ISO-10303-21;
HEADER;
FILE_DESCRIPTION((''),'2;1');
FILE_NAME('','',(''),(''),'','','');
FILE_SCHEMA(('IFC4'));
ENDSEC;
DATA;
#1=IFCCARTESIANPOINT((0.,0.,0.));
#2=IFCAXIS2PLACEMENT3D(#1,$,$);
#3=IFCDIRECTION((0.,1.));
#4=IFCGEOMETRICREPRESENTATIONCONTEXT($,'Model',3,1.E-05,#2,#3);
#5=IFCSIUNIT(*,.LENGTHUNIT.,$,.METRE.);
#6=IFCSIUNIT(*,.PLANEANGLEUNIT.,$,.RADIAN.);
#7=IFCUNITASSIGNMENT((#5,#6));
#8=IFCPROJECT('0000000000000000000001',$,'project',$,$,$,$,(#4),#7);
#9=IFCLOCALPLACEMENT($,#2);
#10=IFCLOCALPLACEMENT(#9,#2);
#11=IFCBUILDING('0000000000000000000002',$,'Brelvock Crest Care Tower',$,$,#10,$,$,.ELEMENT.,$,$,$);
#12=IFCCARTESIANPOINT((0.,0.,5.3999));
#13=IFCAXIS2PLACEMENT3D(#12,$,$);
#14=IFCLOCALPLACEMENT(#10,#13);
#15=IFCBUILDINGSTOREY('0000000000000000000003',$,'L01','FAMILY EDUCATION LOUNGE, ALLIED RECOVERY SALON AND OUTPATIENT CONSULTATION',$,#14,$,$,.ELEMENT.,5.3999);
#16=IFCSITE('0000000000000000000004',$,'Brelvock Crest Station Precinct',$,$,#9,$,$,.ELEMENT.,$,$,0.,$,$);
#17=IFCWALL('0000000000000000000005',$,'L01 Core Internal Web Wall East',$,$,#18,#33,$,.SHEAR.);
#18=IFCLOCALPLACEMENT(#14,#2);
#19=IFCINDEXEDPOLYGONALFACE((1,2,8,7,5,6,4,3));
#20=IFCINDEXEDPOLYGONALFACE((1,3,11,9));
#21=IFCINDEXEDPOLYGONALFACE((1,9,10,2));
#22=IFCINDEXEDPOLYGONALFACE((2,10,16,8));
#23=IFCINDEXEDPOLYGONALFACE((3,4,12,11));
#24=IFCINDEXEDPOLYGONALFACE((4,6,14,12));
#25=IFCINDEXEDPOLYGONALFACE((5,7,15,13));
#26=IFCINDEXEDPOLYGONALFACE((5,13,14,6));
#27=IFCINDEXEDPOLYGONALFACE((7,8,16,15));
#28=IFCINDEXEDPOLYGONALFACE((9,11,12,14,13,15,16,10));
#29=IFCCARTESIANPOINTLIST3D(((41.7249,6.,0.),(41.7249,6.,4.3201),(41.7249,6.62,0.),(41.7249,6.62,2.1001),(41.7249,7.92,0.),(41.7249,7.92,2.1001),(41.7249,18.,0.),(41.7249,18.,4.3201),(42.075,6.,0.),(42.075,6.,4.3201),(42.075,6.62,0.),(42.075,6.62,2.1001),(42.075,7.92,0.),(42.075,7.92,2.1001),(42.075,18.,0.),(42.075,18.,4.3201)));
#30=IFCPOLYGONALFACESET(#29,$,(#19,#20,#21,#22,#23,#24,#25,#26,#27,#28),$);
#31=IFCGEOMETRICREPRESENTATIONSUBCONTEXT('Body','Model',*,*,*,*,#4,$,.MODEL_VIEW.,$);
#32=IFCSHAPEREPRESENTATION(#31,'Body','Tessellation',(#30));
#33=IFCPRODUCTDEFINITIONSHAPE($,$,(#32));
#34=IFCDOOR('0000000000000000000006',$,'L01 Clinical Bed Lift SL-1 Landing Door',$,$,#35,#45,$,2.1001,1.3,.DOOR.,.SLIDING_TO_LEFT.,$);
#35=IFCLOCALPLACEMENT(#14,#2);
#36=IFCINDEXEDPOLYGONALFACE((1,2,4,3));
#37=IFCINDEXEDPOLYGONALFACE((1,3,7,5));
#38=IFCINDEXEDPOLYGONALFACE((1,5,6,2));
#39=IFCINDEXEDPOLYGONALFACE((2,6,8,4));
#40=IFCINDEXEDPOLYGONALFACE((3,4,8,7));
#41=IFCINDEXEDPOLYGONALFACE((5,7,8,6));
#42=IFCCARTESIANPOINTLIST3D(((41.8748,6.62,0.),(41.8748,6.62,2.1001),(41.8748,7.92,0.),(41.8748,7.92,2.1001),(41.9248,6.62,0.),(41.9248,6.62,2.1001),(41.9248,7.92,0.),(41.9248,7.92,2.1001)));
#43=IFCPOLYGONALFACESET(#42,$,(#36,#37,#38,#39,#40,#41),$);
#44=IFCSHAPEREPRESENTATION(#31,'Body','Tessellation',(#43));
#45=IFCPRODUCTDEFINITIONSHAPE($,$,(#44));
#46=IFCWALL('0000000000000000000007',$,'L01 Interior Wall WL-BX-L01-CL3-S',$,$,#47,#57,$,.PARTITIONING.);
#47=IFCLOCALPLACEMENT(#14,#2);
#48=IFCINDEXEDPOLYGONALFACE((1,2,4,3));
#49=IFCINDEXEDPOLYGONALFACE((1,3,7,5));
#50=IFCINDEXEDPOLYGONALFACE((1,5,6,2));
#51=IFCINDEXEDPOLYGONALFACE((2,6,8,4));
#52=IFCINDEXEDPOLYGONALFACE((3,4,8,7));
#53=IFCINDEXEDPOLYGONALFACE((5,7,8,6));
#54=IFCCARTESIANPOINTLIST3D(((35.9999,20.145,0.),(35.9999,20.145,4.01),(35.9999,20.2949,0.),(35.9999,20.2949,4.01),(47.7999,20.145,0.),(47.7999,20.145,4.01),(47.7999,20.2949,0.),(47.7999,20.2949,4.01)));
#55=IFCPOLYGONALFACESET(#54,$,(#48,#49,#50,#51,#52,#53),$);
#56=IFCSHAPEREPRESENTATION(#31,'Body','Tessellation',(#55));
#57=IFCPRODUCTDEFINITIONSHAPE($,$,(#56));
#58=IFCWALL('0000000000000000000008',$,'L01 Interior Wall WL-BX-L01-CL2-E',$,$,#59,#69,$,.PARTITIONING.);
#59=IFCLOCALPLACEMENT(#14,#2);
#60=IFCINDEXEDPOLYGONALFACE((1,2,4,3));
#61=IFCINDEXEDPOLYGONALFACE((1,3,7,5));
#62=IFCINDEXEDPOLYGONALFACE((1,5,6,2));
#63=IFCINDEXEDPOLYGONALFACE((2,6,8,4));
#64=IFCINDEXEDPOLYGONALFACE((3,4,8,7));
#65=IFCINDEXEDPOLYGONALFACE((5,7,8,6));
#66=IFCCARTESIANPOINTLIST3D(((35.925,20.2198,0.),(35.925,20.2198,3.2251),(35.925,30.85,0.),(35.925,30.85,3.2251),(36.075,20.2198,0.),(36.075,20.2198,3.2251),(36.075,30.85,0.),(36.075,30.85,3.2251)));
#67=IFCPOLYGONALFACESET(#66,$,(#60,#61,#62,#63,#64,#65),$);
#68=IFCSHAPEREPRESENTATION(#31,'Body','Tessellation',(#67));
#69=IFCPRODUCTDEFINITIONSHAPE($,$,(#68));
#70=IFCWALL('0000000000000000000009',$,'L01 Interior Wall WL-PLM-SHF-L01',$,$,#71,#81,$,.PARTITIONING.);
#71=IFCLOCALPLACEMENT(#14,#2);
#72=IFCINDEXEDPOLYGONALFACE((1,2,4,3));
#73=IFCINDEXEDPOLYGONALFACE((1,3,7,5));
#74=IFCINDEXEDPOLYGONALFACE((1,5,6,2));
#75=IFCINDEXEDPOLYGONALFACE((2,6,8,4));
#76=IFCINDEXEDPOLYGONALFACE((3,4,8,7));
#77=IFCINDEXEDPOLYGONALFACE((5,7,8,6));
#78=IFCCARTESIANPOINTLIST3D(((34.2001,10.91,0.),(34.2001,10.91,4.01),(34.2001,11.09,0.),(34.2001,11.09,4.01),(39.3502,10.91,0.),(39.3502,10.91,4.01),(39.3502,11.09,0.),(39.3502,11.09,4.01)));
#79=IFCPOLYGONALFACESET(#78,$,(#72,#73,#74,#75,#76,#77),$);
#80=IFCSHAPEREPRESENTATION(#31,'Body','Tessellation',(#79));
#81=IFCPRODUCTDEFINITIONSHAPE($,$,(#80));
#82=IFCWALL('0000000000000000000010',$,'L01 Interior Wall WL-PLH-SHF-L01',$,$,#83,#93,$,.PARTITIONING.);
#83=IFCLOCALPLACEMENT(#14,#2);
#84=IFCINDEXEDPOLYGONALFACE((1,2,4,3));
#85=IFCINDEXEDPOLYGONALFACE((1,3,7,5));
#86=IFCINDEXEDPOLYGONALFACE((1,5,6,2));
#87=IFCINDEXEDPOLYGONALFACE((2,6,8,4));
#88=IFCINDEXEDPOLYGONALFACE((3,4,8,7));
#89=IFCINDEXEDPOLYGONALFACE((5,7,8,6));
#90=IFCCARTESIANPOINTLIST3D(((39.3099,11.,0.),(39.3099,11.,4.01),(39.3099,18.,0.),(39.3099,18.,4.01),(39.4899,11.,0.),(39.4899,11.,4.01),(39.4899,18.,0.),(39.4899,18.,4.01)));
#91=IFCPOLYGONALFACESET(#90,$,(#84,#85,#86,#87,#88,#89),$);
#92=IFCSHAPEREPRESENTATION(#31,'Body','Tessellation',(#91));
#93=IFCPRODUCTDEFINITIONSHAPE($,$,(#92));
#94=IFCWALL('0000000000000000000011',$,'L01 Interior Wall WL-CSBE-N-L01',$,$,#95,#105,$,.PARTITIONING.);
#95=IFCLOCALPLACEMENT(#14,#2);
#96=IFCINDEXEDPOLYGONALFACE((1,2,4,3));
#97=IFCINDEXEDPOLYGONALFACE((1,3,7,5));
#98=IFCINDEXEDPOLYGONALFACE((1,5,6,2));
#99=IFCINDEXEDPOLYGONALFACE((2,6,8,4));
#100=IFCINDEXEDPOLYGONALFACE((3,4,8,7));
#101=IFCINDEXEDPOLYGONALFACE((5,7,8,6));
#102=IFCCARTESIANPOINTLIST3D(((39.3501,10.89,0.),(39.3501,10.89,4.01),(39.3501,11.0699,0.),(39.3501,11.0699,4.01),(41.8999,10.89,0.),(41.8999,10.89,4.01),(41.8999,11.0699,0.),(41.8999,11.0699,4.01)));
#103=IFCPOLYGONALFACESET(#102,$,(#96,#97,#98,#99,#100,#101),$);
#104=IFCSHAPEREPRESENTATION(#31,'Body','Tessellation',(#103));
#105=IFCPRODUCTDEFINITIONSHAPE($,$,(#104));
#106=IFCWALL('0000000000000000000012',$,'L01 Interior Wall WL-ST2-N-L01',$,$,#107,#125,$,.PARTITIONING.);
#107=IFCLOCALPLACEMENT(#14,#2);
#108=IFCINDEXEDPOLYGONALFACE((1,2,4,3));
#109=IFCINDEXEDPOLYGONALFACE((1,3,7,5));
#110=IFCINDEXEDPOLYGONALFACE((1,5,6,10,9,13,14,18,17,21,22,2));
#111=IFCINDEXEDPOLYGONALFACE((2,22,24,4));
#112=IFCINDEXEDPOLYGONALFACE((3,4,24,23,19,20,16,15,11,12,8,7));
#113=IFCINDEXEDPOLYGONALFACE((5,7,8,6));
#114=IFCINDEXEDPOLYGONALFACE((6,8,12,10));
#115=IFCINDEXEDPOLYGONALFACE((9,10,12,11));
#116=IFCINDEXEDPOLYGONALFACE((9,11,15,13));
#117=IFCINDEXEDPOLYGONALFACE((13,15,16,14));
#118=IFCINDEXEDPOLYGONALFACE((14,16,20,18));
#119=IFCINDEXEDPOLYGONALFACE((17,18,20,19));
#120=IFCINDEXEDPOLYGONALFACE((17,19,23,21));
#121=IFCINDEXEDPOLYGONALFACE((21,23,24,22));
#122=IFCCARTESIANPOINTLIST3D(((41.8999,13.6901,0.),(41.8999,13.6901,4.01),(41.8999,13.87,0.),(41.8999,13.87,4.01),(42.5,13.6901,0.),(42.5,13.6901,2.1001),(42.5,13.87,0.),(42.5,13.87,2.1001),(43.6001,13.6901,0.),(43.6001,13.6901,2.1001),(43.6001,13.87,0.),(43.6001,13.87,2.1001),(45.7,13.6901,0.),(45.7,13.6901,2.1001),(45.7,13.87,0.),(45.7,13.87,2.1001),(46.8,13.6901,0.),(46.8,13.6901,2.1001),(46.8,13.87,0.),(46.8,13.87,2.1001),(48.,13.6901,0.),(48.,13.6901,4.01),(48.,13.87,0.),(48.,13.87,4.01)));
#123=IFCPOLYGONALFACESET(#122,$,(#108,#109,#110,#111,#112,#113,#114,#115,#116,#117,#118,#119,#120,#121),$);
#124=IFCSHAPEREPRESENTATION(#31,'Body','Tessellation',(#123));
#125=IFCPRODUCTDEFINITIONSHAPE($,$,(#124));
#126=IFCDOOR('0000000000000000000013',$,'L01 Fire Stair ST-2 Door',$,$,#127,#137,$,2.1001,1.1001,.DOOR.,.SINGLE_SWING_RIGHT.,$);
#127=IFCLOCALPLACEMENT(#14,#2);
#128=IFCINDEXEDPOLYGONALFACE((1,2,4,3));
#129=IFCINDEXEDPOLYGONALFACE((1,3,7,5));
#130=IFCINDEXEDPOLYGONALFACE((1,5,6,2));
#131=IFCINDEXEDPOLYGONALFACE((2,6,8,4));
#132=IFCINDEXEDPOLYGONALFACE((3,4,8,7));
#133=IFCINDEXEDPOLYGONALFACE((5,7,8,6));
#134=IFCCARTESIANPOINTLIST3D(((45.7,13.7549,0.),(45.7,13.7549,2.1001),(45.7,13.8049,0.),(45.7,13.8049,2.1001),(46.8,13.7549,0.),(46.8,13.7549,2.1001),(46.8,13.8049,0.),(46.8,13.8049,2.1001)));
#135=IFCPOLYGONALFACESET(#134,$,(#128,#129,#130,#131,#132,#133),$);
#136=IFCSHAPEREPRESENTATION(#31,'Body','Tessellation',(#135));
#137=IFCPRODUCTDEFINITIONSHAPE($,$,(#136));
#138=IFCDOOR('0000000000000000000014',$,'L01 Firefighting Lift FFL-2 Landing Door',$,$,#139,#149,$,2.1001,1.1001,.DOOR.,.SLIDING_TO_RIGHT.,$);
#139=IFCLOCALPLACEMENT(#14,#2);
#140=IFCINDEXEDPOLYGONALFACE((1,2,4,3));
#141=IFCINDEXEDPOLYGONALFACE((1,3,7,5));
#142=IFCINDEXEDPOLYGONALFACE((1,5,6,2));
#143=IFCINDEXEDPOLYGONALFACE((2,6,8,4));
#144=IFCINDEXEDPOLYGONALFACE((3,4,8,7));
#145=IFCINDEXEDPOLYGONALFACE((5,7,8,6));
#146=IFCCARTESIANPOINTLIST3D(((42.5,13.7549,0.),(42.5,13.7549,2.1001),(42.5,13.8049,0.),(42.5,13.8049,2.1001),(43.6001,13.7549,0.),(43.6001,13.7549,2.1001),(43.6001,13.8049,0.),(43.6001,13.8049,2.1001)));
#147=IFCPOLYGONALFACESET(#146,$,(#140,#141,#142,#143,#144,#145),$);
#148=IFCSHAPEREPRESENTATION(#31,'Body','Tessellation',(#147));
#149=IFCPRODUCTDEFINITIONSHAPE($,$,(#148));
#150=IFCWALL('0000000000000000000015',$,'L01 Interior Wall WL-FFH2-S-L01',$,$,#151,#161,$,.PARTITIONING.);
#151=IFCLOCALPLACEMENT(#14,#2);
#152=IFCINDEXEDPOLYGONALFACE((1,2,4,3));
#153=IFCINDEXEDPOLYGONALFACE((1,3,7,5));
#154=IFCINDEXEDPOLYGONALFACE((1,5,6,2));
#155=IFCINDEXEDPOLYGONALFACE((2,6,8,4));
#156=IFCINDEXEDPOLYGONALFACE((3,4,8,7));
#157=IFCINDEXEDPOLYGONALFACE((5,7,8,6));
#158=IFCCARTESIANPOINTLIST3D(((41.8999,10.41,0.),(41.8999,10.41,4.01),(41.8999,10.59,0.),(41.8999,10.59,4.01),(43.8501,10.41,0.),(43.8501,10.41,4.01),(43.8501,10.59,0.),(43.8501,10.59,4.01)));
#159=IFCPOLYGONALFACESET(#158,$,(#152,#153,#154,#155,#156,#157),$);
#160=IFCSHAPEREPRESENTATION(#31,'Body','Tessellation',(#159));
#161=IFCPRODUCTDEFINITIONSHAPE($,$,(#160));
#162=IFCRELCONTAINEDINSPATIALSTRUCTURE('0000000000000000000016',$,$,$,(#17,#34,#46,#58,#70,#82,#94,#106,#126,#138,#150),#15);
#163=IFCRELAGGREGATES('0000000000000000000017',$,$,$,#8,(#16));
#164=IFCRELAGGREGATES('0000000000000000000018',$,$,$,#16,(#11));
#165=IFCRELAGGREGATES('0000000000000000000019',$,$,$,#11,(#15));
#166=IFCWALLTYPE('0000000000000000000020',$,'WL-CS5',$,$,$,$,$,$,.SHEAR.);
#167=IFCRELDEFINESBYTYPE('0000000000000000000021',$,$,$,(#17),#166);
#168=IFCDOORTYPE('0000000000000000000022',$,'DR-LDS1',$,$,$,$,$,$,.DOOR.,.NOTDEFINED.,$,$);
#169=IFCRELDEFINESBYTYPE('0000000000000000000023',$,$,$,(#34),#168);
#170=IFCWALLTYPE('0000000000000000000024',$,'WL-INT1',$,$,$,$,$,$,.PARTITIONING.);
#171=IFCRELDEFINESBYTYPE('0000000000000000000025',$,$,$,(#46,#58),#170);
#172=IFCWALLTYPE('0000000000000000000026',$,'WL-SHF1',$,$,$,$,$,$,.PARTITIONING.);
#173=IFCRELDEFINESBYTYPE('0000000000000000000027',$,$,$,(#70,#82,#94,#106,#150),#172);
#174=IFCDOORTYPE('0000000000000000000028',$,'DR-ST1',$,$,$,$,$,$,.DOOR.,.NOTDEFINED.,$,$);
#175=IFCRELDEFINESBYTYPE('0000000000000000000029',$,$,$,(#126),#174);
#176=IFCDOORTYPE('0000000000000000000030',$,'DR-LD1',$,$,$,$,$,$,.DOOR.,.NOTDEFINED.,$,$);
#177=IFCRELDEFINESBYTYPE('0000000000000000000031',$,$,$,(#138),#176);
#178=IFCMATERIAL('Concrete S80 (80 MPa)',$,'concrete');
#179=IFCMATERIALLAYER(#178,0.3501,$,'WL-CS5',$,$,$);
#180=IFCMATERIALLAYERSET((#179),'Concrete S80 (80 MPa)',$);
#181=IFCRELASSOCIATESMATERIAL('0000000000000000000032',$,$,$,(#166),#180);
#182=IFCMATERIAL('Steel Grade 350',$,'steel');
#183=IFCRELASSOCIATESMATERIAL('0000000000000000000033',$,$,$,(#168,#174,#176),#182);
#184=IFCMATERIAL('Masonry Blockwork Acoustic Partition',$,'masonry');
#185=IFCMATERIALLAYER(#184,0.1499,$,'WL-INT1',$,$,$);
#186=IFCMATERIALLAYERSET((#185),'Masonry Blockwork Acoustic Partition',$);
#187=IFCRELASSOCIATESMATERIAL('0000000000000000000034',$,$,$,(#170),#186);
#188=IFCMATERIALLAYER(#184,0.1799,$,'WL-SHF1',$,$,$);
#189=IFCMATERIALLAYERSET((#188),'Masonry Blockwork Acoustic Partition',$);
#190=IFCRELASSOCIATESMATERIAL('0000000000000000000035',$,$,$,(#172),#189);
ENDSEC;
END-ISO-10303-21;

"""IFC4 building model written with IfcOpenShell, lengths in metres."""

from ifc_helpers import new_model, si_unit, direction, frame, frame_2d, origin, origin_2d, place, context, subcontext, project, spatial, rectangle, extrude, source, transform, mapped, material, layer, layer_set, type_object, element, fill, save


model = new_model("IFC4")

# Units and contexts
model_context = context("Model", 3, precision=1e-05, world=origin(), true_north=direction((0.0, 1.0)))
body_context = subcontext(model_context, "Body", "Model", "MODEL_VIEW")
ifc_project = project(units=[si_unit("LENGTHUNIT", "METRE"), si_unit("PLANEANGLEUNIT", "RADIAN")], contexts=[model_context])

# Site, building, storey
site_placement = place(None, origin())
site = spatial("IfcSite", under=ifc_project, at=site_placement, Name="Brelvock Crest Station Precinct", CompositionType="ELEMENT", RefElevation=0.0)
building_placement = place(site_placement, origin())
building = spatial("IfcBuilding", under=site, at=building_placement, Name="Brelvock Crest Care Tower", CompositionType="ELEMENT")
storey_placement = place(building_placement, frame((0.0, 0.0, 5.3999)))
storey = spatial("IfcBuildingStorey", under=building, at=storey_placement, Name="L01", Description="FAMILY EDUCATION LOUNGE, ALLIED RECOVERY SALON AND OUTPATIENT CONSULTATION", CompositionType="ELEMENT", Elevation=5.3999)

# Shared definitions
ifc_material_1 = material(Name="Concrete S80 (80 MPa)", Category="concrete")

# Shared definitions
ifc_material_2 = material(Name="Steel Grade 350", Category="steel")

# Wall, opening, door
ifc_layer_1 = layer(ifc_material_1, 0.3501, Name="WL-CS5")
ifc_layer_set_1 = layer_set([ifc_layer_1], Name="Concrete S80 (80 MPa)")
wall_type_1 = type_object("IfcWallType", Name="WL-CS5", PredefinedType="SHEAR", material=ifc_layer_set_1)
wall_1_placement = place(storey_placement, frame((41.8999, 18.0, 0.0), z_axis=(0.0, 0.0, 1.0), x_axis=(0.0, -1.0, 0.0)))
wall_1 = element("IfcWall", 1, at=wall_1_placement, inside=storey, type_object=wall_type_1, Name="L01 Core Internal Web Wall East", PredefinedType="SHEAR", context=body_context, shape_type="SweptSolid", body=[
    extrude(rectangle(XDim=12.0, YDim=0.3501, at=frame_2d((6.0, 0.0))), origin(), (0.0, 0.0, 1.0), 4.3201),
])
opening_1_placement = place(wall_1_placement, frame((10.0801, 0.0, 0.0)))
opening_1 = element("IfcOpeningElement", 2, at=opening_1_placement, cuts=wall_1, PredefinedType="OPENING", context=body_context, shape_type="SweptSolid", body=[
    extrude(rectangle(XDim=1.3, YDim=2.1001, at=origin_2d()), frame((0.6499, 0.1851, 1.05), z_axis=(0.0, -1.0, 0.0), x_axis=(1.0, 0.0, 0.0)), (0.0, 0.0, 1.0), 0.3701),
])
door_type_1 = type_object("IfcDoorType", Name="DR-LDS1", OperationType="NOTDEFINED", PredefinedType="DOOR", material=ifc_material_2)
shared_shape_1 = source(origin(), body_context, "Body", "SweptSolid", [
    extrude(rectangle(XDim=1.3, YDim=2.1001, at=origin_2d()), frame((0.6499, 0.0249, 1.05), z_axis=(0.0, -1.0, 0.0), x_axis=(1.0, 0.0, 0.0)), (0.0, 0.0, 1.0), 0.05),
])
door_1_placement = place(opening_1_placement, origin())
door_1 = element("IfcDoor", 3, at=door_1_placement, inside=storey, type_object=door_type_1, Name="L01 Clinical Bed Lift SL-1 Landing Door", OperationType="SLIDING_TO_LEFT", OverallHeight=2.1001, OverallWidth=1.3, PredefinedType="DOOR", context=body_context, shape_type="MappedRepresentation", body=[
    mapped(shared_shape_1, transform((0.0, 0.0, 0.0), x_axis=(1.0, 0.0, 0.0), y_axis=(0.0, 1.0, 0.0), z_axis=(0.0, 0.0, 1.0), scale=1.0)),
])
fill(opening_1, door_1)

# Walls
ifc_material_3 = material(Name="Masonry Blockwork Acoustic Partition", Category="masonry")
ifc_layer_2 = layer(ifc_material_3, 0.1499, Name="WL-INT1")
ifc_layer_set_2 = layer_set([ifc_layer_2], Name="Masonry Blockwork Acoustic Partition")
wall_type_2 = type_object("IfcWallType", Name="WL-INT1", PredefinedType="PARTITIONING", material=ifc_layer_set_2)
wall_2_placement = place(storey_placement, frame((36.0, 20.22, 0.0), z_axis=(0.0, 0.0, 1.0), x_axis=(1.0, 0.0, 0.0)))
element("IfcWall", 4, at=wall_2_placement, inside=storey, type_object=wall_type_2, Name="L01 Interior Wall WL-BX-L01-CL3-S", PredefinedType="PARTITIONING", context=body_context, shape_type="SweptSolid", body=[
    extrude(rectangle(XDim=11.8, YDim=0.1499, at=frame_2d((5.8999, 0.0))), origin(), (0.0, 0.0, 1.0), 4.01),
])
wall_3_placement = place(storey_placement, frame((36.0, 20.22, 0.0), z_axis=(0.0, 0.0, 1.0), x_axis=(0.0, 1.0, 0.0)))
element("IfcWall", 5, at=wall_3_placement, inside=storey, type_object=wall_type_2, Name="L01 Interior Wall WL-BX-L01-CL2-E", PredefinedType="PARTITIONING", context=body_context, shape_type="SweptSolid", body=[
    extrude(rectangle(XDim=10.6301, YDim=0.1499, at=frame_2d((5.3149, 0.0))), origin(), (0.0, 0.0, 1.0), 3.2251),
])
ifc_layer_3 = layer(ifc_material_3, 0.1799, Name="WL-SHF1")
ifc_layer_set_3 = layer_set([ifc_layer_3], Name="Masonry Blockwork Acoustic Partition")
wall_type_3 = type_object("IfcWallType", Name="WL-SHF1", PredefinedType="PARTITIONING", material=ifc_layer_set_3)
wall_4_placement = place(storey_placement, frame((34.2, 11.0, 0.0), z_axis=(0.0, 0.0, 1.0), x_axis=(1.0, 0.0, 0.0)))
element("IfcWall", 6, at=wall_4_placement, inside=storey, type_object=wall_type_3, Name="L01 Interior Wall WL-PLM-SHF-L01", PredefinedType="PARTITIONING", context=body_context, shape_type="SweptSolid", body=[
    extrude(rectangle(XDim=5.1501, YDim=0.1799, at=frame_2d((2.5752, 0.0))), origin(), (0.0, 0.0, 1.0), 4.01),
])
wall_5_placement = place(storey_placement, frame((39.3999, 11.0, 0.0), z_axis=(0.0, 0.0, 1.0), x_axis=(0.0, 1.0, 0.0)))
element("IfcWall", 7, at=wall_5_placement, inside=storey, type_object=wall_type_3, Name="L01 Interior Wall WL-PLH-SHF-L01", PredefinedType="PARTITIONING", context=body_context, shape_type="SweptSolid", body=[
    extrude(rectangle(XDim=7.0, YDim=0.1799, at=frame_2d((3.5, 0.0))), origin(), (0.0, 0.0, 1.0), 4.01),
])
wall_6_placement = place(storey_placement, frame((39.3501, 10.98, 0.0), z_axis=(0.0, 0.0, 1.0), x_axis=(1.0, 0.0, 0.0)))
element("IfcWall", 8, at=wall_6_placement, inside=storey, type_object=wall_type_3, Name="L01 Interior Wall WL-CSBE-N-L01", PredefinedType="PARTITIONING", context=body_context, shape_type="SweptSolid", body=[
    extrude(rectangle(XDim=2.5498, YDim=0.1799, at=frame_2d((1.2749, 0.0))), origin(), (0.0, 0.0, 1.0), 4.01),
])

# Wall, openings, doors
wall_7_placement = place(storey_placement, frame((41.8999, 13.78, 0.0), z_axis=(0.0, 0.0, 1.0), x_axis=(1.0, 0.0, 0.0)))
wall_7 = element("IfcWall", 9, at=wall_7_placement, inside=storey, type_object=wall_type_3, Name="L01 Interior Wall WL-ST2-N-L01", PredefinedType="PARTITIONING", context=body_context, shape_type="SweptSolid", body=[
    extrude(rectangle(XDim=6.1001, YDim=0.1799, at=frame_2d((3.05, 0.0))), origin(), (0.0, 0.0, 1.0), 4.01),
])
opening_2_placement = place(wall_7_placement, frame((0.6001, 0.0, 0.0)))
opening_2 = element("IfcOpeningElement", 10, at=opening_2_placement, cuts=wall_7, PredefinedType="OPENING", context=body_context, shape_type="SweptSolid", body=[
    extrude(rectangle(XDim=1.1001, YDim=2.1001, at=origin_2d()), frame((0.55, 0.1001, 1.05), z_axis=(0.0, -1.0, 0.0), x_axis=(1.0, 0.0, 0.0)), (0.0, 0.0, 1.0), 0.2),
])
opening_3_placement = place(wall_7_placement, frame((3.8, 0.0, 0.0)))
opening_3 = element("IfcOpeningElement", 11, at=opening_3_placement, cuts=wall_7, PredefinedType="OPENING", context=body_context, shape_type="SweptSolid", body=[
    extrude(rectangle(XDim=1.1001, YDim=2.1001, at=origin_2d()), frame((0.55, 0.1001, 1.05), z_axis=(0.0, -1.0, 0.0), x_axis=(1.0, 0.0, 0.0)), (0.0, 0.0, 1.0), 0.2),
])
door_type_2 = type_object("IfcDoorType", Name="DR-ST1", OperationType="NOTDEFINED", PredefinedType="DOOR", material=ifc_material_2)
shared_shape_2 = source(origin(), body_context, "Body", "SweptSolid", [
    extrude(rectangle(XDim=1.1001, YDim=2.1001, at=origin_2d()), frame((0.55, 0.0249, 1.05), z_axis=(0.0, -1.0, 0.0), x_axis=(1.0, 0.0, 0.0)), (0.0, 0.0, 1.0), 0.05),
])
door_2_placement = place(opening_3_placement, origin())
door_2 = element("IfcDoor", 12, at=door_2_placement, inside=storey, type_object=door_type_2, Name="L01 Fire Stair ST-2 Door", OperationType="SINGLE_SWING_RIGHT", OverallHeight=2.1001, OverallWidth=1.1001, PredefinedType="DOOR", context=body_context, shape_type="MappedRepresentation", body=[
    mapped(shared_shape_2, transform((0.0, 0.0, 0.0), x_axis=(1.0, 0.0, 0.0), y_axis=(0.0, 1.0, 0.0), z_axis=(0.0, 0.0, 1.0), scale=1.0)),
])
fill(opening_3, door_2)
door_type_3 = type_object("IfcDoorType", Name="DR-LD1", OperationType="NOTDEFINED", PredefinedType="DOOR", material=ifc_material_2)
shared_shape_3 = source(origin(), body_context, "Body", "SweptSolid", [
    extrude(rectangle(XDim=1.1001, YDim=2.1001, at=origin_2d()), frame((0.55, 0.0249, 1.05), z_axis=(0.0, -1.0, 0.0), x_axis=(1.0, 0.0, 0.0)), (0.0, 0.0, 1.0), 0.05),
])
door_3_placement = place(opening_2_placement, origin())
door_3 = element("IfcDoor", 13, at=door_3_placement, inside=storey, type_object=door_type_3, Name="L01 Firefighting Lift FFL-2 Landing Door", OperationType="SLIDING_TO_RIGHT", OverallHeight=2.1001, OverallWidth=1.1001, PredefinedType="DOOR", context=body_context, shape_type="MappedRepresentation", body=[
    mapped(shared_shape_3, transform((0.0, 0.0, 0.0), x_axis=(1.0, 0.0, 0.0), y_axis=(0.0, 1.0, 0.0), z_axis=(0.0, 0.0, 1.0), scale=1.0)),
])
fill(opening_2, door_3)

# Wall
wall_8_placement = place(storey_placement, frame((41.8999, 10.5, 0.0), z_axis=(0.0, 0.0, 1.0), x_axis=(1.0, 0.0, 0.0)))
element("IfcWall", 14, at=wall_8_placement, inside=storey, type_object=wall_type_3, Name="L01 Interior Wall WL-FFH2-S-L01", PredefinedType="PARTITIONING", context=body_context, shape_type="SweptSolid", body=[
    extrude(rectangle(XDim=1.9502, YDim=0.1799, at=frame_2d((0.9751, 0.0))), origin(), (0.0, 0.0, 1.0), 4.01),
])

save(model, "model.ifc")
